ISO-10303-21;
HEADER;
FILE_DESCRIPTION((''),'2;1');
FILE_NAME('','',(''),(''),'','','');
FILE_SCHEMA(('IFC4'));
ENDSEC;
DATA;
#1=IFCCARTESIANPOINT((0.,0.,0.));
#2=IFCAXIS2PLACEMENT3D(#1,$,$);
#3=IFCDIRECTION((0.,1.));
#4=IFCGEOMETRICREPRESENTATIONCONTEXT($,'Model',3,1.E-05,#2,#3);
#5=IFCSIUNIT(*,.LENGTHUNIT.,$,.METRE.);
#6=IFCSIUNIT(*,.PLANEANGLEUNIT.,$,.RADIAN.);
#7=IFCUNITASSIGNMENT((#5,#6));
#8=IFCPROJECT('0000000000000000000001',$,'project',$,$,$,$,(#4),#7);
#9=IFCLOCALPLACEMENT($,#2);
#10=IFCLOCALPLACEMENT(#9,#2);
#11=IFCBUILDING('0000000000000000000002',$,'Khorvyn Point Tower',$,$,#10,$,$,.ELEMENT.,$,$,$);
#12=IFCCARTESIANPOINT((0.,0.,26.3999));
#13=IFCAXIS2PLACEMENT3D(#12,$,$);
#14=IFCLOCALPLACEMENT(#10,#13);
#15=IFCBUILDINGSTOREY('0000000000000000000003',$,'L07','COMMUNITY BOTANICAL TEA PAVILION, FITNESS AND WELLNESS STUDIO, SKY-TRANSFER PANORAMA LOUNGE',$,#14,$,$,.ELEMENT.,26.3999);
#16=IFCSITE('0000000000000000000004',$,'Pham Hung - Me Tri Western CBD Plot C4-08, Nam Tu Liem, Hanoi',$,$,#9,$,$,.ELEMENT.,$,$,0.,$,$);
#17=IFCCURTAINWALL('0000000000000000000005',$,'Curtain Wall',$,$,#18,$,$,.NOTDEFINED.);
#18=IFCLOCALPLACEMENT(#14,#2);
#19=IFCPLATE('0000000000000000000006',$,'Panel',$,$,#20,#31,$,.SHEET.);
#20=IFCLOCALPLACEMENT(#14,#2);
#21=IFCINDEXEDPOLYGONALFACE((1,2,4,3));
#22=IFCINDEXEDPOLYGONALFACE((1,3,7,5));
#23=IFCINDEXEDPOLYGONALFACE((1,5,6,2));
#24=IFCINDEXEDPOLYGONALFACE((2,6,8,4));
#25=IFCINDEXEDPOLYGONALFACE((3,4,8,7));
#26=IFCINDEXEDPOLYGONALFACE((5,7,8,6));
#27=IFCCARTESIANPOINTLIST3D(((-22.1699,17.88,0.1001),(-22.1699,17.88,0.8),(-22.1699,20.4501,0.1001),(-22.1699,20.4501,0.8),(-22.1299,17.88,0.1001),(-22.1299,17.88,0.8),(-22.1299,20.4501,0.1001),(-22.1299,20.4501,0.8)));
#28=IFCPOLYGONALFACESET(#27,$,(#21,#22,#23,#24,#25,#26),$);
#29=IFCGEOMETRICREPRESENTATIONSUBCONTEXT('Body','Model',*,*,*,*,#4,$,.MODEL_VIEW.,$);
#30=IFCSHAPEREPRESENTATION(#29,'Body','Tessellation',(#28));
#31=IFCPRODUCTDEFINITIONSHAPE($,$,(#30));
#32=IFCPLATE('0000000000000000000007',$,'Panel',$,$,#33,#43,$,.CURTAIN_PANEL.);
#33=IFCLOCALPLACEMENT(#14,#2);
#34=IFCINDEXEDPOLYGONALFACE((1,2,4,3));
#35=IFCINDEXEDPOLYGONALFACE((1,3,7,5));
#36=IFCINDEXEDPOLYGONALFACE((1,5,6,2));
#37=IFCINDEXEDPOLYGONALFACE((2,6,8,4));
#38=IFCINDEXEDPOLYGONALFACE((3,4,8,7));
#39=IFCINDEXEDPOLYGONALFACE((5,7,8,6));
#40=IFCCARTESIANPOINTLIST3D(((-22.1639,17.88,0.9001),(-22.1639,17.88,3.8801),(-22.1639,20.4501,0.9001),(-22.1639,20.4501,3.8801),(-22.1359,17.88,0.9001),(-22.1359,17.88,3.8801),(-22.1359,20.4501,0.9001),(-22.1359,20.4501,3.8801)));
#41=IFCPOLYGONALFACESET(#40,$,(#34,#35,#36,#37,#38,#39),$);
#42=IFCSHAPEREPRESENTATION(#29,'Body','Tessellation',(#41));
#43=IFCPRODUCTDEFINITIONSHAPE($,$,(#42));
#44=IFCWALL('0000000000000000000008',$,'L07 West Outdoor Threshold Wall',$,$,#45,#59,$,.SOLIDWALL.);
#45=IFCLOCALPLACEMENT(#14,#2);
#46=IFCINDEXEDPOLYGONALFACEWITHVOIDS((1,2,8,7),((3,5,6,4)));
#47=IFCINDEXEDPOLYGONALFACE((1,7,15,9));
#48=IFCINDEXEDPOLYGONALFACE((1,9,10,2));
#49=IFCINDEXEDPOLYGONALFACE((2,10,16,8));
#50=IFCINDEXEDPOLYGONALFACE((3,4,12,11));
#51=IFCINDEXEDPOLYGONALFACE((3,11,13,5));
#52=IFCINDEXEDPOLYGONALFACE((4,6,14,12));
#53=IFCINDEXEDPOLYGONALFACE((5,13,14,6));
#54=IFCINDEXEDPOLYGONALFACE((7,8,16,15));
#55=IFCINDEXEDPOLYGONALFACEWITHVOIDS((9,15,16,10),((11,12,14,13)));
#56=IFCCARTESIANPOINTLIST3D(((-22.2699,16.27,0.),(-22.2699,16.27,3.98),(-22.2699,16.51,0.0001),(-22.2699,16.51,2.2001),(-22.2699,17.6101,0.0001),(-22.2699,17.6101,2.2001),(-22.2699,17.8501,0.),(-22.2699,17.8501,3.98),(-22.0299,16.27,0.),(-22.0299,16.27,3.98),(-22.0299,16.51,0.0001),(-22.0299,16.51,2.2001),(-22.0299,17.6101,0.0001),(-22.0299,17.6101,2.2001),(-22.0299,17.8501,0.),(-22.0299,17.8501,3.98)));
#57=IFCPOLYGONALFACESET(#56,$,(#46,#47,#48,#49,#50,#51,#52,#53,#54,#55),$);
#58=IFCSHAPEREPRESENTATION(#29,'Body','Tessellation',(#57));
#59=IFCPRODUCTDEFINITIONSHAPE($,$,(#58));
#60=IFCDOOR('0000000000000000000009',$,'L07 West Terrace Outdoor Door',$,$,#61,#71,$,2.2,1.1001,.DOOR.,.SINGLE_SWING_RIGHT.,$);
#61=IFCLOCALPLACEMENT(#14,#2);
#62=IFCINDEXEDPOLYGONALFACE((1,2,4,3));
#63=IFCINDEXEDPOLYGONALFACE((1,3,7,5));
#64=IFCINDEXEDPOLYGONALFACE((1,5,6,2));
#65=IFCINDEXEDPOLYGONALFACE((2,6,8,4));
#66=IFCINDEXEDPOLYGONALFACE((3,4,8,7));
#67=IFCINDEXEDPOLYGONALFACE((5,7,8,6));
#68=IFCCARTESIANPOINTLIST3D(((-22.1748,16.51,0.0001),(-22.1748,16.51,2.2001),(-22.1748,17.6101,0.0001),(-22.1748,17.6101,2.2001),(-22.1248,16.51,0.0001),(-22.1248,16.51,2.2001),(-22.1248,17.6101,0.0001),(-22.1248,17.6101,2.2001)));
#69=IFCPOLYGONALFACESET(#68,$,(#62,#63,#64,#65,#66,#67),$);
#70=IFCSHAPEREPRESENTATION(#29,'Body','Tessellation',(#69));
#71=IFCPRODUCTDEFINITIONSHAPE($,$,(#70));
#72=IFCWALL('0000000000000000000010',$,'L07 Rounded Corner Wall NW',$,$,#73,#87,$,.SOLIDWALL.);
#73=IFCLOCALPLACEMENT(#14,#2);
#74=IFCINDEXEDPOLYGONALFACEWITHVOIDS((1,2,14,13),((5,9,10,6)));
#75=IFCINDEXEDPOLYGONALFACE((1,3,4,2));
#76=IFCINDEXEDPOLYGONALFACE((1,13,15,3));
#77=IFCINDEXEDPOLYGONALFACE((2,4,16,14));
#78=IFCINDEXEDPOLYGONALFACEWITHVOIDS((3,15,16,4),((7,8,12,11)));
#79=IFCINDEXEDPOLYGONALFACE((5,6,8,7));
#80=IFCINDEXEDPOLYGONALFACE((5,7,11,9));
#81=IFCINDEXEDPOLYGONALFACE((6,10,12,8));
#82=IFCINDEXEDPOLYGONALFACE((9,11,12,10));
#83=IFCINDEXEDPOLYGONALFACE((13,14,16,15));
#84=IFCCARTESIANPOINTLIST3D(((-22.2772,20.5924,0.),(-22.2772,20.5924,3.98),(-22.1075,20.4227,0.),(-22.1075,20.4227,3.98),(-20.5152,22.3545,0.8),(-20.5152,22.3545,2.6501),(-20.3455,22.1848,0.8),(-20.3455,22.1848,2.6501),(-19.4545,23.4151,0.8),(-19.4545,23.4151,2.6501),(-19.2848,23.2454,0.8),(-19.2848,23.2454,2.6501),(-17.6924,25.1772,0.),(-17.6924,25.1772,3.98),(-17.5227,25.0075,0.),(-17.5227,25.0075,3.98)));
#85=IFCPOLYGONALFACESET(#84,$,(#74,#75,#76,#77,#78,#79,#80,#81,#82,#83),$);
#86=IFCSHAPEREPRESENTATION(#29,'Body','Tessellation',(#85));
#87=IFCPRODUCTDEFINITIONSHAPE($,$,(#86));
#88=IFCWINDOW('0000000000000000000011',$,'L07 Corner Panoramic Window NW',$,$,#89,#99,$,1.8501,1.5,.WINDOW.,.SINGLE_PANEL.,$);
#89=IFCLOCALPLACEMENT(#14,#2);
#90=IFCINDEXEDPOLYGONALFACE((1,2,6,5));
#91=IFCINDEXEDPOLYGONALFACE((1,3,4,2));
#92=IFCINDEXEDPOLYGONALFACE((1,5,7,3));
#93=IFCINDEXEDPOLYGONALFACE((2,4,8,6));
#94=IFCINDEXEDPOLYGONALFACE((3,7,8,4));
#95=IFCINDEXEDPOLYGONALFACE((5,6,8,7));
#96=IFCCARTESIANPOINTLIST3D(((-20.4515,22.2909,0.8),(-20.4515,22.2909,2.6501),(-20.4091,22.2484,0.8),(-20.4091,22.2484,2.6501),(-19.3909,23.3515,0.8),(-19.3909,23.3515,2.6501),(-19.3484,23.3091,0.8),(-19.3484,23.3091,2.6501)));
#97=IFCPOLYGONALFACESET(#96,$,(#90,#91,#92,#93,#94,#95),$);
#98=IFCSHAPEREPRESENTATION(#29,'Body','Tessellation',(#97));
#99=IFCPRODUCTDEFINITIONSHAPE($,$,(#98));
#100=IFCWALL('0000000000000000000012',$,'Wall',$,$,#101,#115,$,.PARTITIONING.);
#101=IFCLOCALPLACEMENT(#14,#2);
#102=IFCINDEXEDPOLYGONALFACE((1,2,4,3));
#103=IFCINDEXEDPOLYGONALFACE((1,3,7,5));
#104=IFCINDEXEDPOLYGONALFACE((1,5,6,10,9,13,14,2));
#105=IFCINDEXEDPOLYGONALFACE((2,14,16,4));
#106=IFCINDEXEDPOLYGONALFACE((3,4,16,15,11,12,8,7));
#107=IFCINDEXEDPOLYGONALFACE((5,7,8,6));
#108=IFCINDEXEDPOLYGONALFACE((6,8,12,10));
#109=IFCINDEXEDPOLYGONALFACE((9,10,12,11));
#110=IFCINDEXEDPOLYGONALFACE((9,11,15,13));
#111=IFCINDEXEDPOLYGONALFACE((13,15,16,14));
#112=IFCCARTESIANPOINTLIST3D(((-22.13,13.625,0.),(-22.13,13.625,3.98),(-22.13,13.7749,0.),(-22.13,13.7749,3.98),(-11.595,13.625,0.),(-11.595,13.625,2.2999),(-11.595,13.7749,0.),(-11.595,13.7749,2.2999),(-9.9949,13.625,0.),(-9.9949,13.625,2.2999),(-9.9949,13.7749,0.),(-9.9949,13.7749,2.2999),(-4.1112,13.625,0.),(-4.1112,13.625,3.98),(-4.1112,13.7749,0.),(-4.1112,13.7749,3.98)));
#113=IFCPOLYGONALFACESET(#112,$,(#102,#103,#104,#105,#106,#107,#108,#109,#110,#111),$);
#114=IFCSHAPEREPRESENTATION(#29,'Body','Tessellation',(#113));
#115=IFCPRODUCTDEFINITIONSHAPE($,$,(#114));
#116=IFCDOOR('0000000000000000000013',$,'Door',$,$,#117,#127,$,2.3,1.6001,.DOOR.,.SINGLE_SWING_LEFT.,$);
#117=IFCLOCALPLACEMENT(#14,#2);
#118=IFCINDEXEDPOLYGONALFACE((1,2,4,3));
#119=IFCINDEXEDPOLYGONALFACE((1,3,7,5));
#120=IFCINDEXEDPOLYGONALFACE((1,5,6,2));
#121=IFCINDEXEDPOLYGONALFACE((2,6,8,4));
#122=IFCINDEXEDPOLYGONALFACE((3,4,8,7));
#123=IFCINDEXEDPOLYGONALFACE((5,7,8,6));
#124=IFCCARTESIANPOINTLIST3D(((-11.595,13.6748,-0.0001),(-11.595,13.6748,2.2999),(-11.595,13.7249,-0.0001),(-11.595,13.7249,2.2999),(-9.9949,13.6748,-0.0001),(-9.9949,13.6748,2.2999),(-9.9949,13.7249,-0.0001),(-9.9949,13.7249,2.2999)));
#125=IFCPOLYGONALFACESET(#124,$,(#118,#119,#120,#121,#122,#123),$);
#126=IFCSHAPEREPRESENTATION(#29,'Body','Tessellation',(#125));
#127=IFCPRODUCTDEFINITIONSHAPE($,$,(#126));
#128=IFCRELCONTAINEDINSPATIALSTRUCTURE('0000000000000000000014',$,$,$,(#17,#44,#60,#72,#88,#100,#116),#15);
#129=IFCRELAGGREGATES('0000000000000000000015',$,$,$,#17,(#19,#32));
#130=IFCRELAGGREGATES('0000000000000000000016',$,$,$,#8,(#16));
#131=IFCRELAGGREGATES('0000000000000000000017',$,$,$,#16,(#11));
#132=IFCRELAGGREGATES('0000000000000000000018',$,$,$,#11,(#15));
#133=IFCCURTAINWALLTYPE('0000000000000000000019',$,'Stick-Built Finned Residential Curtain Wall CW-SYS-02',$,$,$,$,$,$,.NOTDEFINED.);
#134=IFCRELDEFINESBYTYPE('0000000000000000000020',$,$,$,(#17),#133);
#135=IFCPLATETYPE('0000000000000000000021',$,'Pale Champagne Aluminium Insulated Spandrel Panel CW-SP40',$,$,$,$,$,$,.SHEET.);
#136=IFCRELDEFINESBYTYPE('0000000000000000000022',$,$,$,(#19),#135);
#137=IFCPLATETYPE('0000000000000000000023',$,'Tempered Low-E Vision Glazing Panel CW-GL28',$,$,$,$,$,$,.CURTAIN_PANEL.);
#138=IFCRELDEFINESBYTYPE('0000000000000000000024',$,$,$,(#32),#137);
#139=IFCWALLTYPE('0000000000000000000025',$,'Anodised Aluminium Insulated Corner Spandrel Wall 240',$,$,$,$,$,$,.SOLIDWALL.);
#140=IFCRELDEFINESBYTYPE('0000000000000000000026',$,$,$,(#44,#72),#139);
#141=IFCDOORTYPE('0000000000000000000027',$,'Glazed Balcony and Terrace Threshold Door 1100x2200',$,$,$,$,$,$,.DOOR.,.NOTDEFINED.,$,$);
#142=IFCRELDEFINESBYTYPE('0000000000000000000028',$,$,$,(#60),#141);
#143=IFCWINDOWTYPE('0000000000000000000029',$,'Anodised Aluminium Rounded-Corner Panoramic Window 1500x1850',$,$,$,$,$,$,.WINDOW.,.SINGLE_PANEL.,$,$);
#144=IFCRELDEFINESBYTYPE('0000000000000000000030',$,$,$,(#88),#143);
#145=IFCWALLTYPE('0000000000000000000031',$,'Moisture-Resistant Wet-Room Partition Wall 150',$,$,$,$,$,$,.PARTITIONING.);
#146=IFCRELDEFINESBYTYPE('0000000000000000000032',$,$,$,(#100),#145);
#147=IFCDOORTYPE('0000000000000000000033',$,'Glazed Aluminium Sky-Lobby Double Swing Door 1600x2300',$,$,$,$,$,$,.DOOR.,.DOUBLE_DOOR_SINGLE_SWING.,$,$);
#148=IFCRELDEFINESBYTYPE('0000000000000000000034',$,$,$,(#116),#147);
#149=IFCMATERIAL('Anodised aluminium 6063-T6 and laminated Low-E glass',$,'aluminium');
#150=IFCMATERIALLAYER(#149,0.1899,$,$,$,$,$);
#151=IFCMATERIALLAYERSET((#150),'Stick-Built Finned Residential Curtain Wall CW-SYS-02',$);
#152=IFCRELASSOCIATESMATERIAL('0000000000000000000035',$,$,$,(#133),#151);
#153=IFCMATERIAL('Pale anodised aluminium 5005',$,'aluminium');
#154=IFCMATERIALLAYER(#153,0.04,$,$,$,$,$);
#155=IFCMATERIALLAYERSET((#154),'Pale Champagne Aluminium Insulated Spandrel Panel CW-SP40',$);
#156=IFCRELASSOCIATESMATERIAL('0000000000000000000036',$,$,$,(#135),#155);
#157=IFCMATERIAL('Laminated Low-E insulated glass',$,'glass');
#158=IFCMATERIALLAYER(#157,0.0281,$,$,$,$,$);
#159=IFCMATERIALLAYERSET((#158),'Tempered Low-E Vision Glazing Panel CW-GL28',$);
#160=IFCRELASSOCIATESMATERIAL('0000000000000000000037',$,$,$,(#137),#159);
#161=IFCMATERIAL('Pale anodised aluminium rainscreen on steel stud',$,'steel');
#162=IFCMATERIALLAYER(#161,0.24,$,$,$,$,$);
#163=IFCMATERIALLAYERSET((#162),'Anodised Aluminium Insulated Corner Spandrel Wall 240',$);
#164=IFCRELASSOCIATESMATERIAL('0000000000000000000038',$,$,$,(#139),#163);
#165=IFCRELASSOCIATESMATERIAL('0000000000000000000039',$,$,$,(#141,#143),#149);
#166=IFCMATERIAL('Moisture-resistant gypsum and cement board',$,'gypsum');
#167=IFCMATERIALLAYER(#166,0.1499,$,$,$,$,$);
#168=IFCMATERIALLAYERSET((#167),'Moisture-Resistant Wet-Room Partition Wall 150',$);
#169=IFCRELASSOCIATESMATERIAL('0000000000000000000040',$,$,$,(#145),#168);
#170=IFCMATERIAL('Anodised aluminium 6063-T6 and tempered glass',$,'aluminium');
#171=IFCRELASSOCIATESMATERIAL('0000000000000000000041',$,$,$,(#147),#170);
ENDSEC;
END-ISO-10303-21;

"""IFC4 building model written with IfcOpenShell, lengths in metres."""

from ifc_helpers import new_model, si_unit, direction, frame, frame_2d, origin, origin_2d, place, context, subcontext, project, spatial, rectangle, extrude, material, layer, layer_set, type_object, element, fill, aggregate, save


model = new_model("IFC4")

# Units and contexts
model_context = context("Model", 3, precision=1e-05, world=origin(), true_north=direction((0.0, 1.0)))
body_context = subcontext(model_context, "Body", "Model", "MODEL_VIEW")
ifc_project = project(units=[si_unit("LENGTHUNIT", "METRE"), si_unit("PLANEANGLEUNIT", "RADIAN")], contexts=[model_context])

# Site, building, storey
site_placement = place(None, origin())
site = spatial("IfcSite", under=ifc_project, at=site_placement, Name="Pham Hung - Me Tri Western CBD Plot C4-08, Nam Tu Liem, Hanoi", CompositionType="ELEMENT", RefElevation=0.0)
building_placement = place(site_placement, origin())
building = spatial("IfcBuilding", under=site, at=building_placement, Name="Khorvyn Point Tower", CompositionType="ELEMENT")
storey_placement = place(building_placement, frame((0.0, 0.0, 26.3999)))
storey = spatial("IfcBuildingStorey", under=building, at=storey_placement, Name="L07", Description="COMMUNITY BOTANICAL TEA PAVILION, FITNESS AND WELLNESS STUDIO, SKY-TRANSFER PANORAMA LOUNGE", CompositionType="ELEMENT", Elevation=26.3999)

# Shared definitions
ifc_material_1 = material(Name="Anodised aluminium 6063-T6 and laminated Low-E glass", Category="aluminium")
ifc_layer_1 = layer(ifc_material_1, 0.1899)
ifc_layer_set_1 = layer_set([ifc_layer_1], Name="Stick-Built Finned Residential Curtain Wall CW-SYS-02")
curtain_wall_type = type_object("IfcCurtainWallType", Name="Stick-Built Finned Residential Curtain Wall CW-SYS-02", PredefinedType="NOTDEFINED", material=ifc_layer_set_1)

# Curtain wall
curtain_wall_1_placement = place(storey_placement, origin())
curtain_wall_1 = element("IfcCurtainWall", 1, at=curtain_wall_1_placement, inside=storey, type_object=curtain_wall_type, Name="Curtain Wall", PredefinedType="NOTDEFINED")

# Plates
ifc_material_2 = material(Name="Pale anodised aluminium 5005", Category="aluminium")
ifc_layer_2 = layer(ifc_material_2, 0.04)
ifc_layer_set_2 = layer_set([ifc_layer_2], Name="Pale Champagne Aluminium Insulated Spandrel Panel CW-SP40")
plate_type_1 = type_object("IfcPlateType", Name="Pale Champagne Aluminium Insulated Spandrel Panel CW-SP40", PredefinedType="SHEET", material=ifc_layer_set_2)
plate_1_placement = place(storey_placement, frame((-22.1499, 19.165, 0.1001), z_axis=(0.0, 0.0, 1.0), x_axis=(0.0, 1.0, 0.0)))
plate_1 = element("IfcPlate", 2, at=plate_1_placement, type_object=plate_type_1, Name="Panel", PredefinedType="SHEET", context=body_context, shape_type="SweptSolid", body=[
    extrude(rectangle(XDim=2.5701, YDim=0.04, at=origin_2d()), origin(), (0.0, 0.0, 1.0), 0.7),
])
ifc_material_3 = material(Name="Laminated Low-E insulated glass", Category="glass")
ifc_layer_3 = layer(ifc_material_3, 0.0281)
ifc_layer_set_3 = layer_set([ifc_layer_3], Name="Tempered Low-E Vision Glazing Panel CW-GL28")
plate_type_2 = type_object("IfcPlateType", Name="Tempered Low-E Vision Glazing Panel CW-GL28", PredefinedType="CURTAIN_PANEL", material=ifc_layer_set_3)
plate_2_placement = place(storey_placement, frame((-22.1499, 19.165, 0.9001), z_axis=(0.0, 0.0, 1.0), x_axis=(0.0, 1.0, 0.0)))
plate_2 = element("IfcPlate", 3, at=plate_2_placement, type_object=plate_type_2, Name="Panel", PredefinedType="CURTAIN_PANEL", context=body_context, shape_type="SweptSolid", body=[
    extrude(rectangle(XDim=2.5701, YDim=0.0281, at=origin_2d()), origin(), (0.0, 0.0, 1.0), 2.98),
])
aggregate(curtain_wall_1, [plate_1, plate_2])

# Wall, opening, door
ifc_material_4 = material(Name="Pale anodised aluminium rainscreen on steel stud", Category="steel")
ifc_layer_4 = layer(ifc_material_4, 0.24)
ifc_layer_set_4 = layer_set([ifc_layer_4], Name="Anodised Aluminium Insulated Corner Spandrel Wall 240")
wall_type_1 = type_object("IfcWallType", Name="Anodised Aluminium Insulated Corner Spandrel Wall 240", PredefinedType="SOLIDWALL", material=ifc_layer_set_4)
wall_1_placement = place(storey_placement, frame((-22.1499, 16.27, 0.0), z_axis=(0.0, 0.0, 1.0), x_axis=(0.0, 1.0, 0.0)))
wall_1 = element("IfcWall", 4, at=wall_1_placement, inside=storey, type_object=wall_type_1, Name="L07 West Outdoor Threshold Wall", PredefinedType="SOLIDWALL", context=body_context, shape_type="SweptSolid", body=[
    extrude(rectangle(XDim=1.5801, YDim=0.24, at=frame_2d((0.79, 0.0))), origin(), (0.0, 0.0, 1.0), 3.98),
])
opening_1_placement = place(wall_1_placement, frame((0.24, 0.0, 0.0)))
opening_1 = element("IfcOpeningElement", 5, at=opening_1_placement, cuts=wall_1, PredefinedType="OPENING", context=body_context, shape_type="SweptSolid", body=[
    extrude(rectangle(XDim=1.1001, YDim=2.2, at=frame_2d((0.55, 1.1001))), frame((0.0, 0.1299, 0.0), z_axis=(0.0, -1.0, 0.0), x_axis=(1.0, 0.0, 0.0)), (0.0, 0.0, 1.0), 0.26),
])
door_type_1 = type_object("IfcDoorType", Name="Glazed Balcony and Terrace Threshold Door 1100x2200", OperationType="NOTDEFINED", PredefinedType="DOOR", material=ifc_material_1)
door_1_placement = place(opening_1_placement, origin())
door_1 = element("IfcDoor", 6, at=door_1_placement, inside=storey, type_object=door_type_1, Name="L07 West Terrace Outdoor Door", OperationType="SINGLE_SWING_RIGHT", OverallHeight=2.2, OverallWidth=1.1001, PredefinedType="DOOR", context=body_context, shape_type="SweptSolid", body=[
    extrude(rectangle(XDim=1.1001, YDim=2.2, at=frame_2d((0.55, 1.1001))), frame((0.0, 0.0249, 0.0), z_axis=(0.0, -1.0, 0.0), x_axis=(1.0, 0.0, 0.0)), (0.0, 0.0, 1.0), 0.05),
])
fill(opening_1, door_1)

# Wall, opening, window
wall_2_placement = place(storey_placement, frame((-22.1924, 20.5076, 0.0), z_axis=(0.0, 0.0, 1.0), x_axis=(0.707107, 0.707107, 0.0)))
wall_2 = element("IfcWall", 7, at=wall_2_placement, inside=storey, type_object=wall_type_1, Name="L07 Rounded Corner Wall NW", PredefinedType="SOLIDWALL", context=body_context, shape_type="SweptSolid", body=[
    extrude(rectangle(XDim=6.4839, YDim=0.24, at=frame_2d((3.2419, 0.0))), origin(), (0.0, 0.0, 1.0), 3.98),
])
opening_2_placement = place(wall_2_placement, frame((2.4919, 0.0, 0.8)))
opening_2 = element("IfcOpeningElement", 8, at=opening_2_placement, cuts=wall_2, PredefinedType="OPENING", context=body_context, shape_type="SweptSolid", body=[
    extrude(rectangle(XDim=1.5, YDim=1.8501, at=frame_2d((0.75, 0.925))), frame((0.0, 0.1299, 0.0), z_axis=(0.0, -1.0, 0.0), x_axis=(1.0, 0.0, 0.0)), (0.0, 0.0, 1.0), 0.26),
])
window_type = type_object("IfcWindowType", Name="Anodised Aluminium Rounded-Corner Panoramic Window 1500x1850", PartitioningType="SINGLE_PANEL", PredefinedType="WINDOW", material=ifc_material_1)
window_placement = place(opening_2_placement, origin())
window = element("IfcWindow", 9, at=window_placement, inside=storey, type_object=window_type, Name="L07 Corner Panoramic Window NW", OverallHeight=1.8501, OverallWidth=1.5, PartitioningType="SINGLE_PANEL", PredefinedType="WINDOW", context=body_context, shape_type="SweptSolid", body=[
    extrude(rectangle(XDim=1.5, YDim=1.8501, at=frame_2d((0.75, 0.925))), frame((0.0, 0.03, 0.0), z_axis=(0.0, -1.0, 0.0), x_axis=(1.0, 0.0, 0.0)), (0.0, 0.0, 1.0), 0.0601),
])
fill(opening_2, window)

# Wall, opening, door
ifc_material_5 = material(Name="Moisture-resistant gypsum and cement board", Category="gypsum")
ifc_layer_5 = layer(ifc_material_5, 0.1499)
ifc_layer_set_5 = layer_set([ifc_layer_5], Name="Moisture-Resistant Wet-Room Partition Wall 150")
wall_type_2 = type_object("IfcWallType", Name="Moisture-Resistant Wet-Room Partition Wall 150", PredefinedType="PARTITIONING", material=ifc_layer_set_5)
wall_3_placement = place(storey_placement, frame((-22.1299, 13.7, 0.0), z_axis=(0.0, 0.0, 1.0), x_axis=(1.0, 0.0, 0.0)))
wall_3 = element("IfcWall", 10, at=wall_3_placement, inside=storey, type_object=wall_type_2, Name="Wall", PredefinedType="PARTITIONING", context=body_context, shape_type="SweptSolid", body=[
    extrude(rectangle(XDim=18.0188, YDim=0.1499, at=frame_2d((9.0093, 0.0))), origin(), (0.0, 0.0, 1.0), 3.98),
])
opening_3_placement = place(wall_3_placement, frame((10.5349, 0.0, 0.0)))
opening_3 = element("IfcOpeningElement", 11, at=opening_3_placement, cuts=wall_3, PredefinedType="OPENING", context=body_context, shape_type="SweptSolid", body=[
    extrude(rectangle(XDim=1.6001, YDim=2.3, at=frame_2d((0.8, 1.1499))), frame((0.0, 0.085, 0.0), z_axis=(0.0, -1.0, 0.0), x_axis=(1.0, 0.0, 0.0)), (0.0, 0.0, 1.0), 0.1699),
])
ifc_material_6 = material(Name="Anodised aluminium 6063-T6 and tempered glass", Category="aluminium")
door_type_2 = type_object("IfcDoorType", Name="Glazed Aluminium Sky-Lobby Double Swing Door 1600x2300", OperationType="DOUBLE_DOOR_SINGLE_SWING", PredefinedType="DOOR", material=ifc_material_6)
door_2_placement = place(opening_3_placement, origin())
door_2 = element("IfcDoor", 12, at=door_2_placement, inside=storey, type_object=door_type_2, Name="Door", OperationType="SINGLE_SWING_LEFT", OverallHeight=2.3, OverallWidth=1.6001, PredefinedType="DOOR", context=body_context, shape_type="SweptSolid", body=[
    extrude(rectangle(XDim=1.6001, YDim=2.3, at=frame_2d((0.8, 1.1499))), frame((0.0, 0.0249, 0.0), z_axis=(0.0, -1.0, 0.0), x_axis=(1.0, 0.0, 0.0)), (0.0, 0.0, 1.0), 0.05),
])
fill(opening_3, door_2)

save(model, "model.ifc")
